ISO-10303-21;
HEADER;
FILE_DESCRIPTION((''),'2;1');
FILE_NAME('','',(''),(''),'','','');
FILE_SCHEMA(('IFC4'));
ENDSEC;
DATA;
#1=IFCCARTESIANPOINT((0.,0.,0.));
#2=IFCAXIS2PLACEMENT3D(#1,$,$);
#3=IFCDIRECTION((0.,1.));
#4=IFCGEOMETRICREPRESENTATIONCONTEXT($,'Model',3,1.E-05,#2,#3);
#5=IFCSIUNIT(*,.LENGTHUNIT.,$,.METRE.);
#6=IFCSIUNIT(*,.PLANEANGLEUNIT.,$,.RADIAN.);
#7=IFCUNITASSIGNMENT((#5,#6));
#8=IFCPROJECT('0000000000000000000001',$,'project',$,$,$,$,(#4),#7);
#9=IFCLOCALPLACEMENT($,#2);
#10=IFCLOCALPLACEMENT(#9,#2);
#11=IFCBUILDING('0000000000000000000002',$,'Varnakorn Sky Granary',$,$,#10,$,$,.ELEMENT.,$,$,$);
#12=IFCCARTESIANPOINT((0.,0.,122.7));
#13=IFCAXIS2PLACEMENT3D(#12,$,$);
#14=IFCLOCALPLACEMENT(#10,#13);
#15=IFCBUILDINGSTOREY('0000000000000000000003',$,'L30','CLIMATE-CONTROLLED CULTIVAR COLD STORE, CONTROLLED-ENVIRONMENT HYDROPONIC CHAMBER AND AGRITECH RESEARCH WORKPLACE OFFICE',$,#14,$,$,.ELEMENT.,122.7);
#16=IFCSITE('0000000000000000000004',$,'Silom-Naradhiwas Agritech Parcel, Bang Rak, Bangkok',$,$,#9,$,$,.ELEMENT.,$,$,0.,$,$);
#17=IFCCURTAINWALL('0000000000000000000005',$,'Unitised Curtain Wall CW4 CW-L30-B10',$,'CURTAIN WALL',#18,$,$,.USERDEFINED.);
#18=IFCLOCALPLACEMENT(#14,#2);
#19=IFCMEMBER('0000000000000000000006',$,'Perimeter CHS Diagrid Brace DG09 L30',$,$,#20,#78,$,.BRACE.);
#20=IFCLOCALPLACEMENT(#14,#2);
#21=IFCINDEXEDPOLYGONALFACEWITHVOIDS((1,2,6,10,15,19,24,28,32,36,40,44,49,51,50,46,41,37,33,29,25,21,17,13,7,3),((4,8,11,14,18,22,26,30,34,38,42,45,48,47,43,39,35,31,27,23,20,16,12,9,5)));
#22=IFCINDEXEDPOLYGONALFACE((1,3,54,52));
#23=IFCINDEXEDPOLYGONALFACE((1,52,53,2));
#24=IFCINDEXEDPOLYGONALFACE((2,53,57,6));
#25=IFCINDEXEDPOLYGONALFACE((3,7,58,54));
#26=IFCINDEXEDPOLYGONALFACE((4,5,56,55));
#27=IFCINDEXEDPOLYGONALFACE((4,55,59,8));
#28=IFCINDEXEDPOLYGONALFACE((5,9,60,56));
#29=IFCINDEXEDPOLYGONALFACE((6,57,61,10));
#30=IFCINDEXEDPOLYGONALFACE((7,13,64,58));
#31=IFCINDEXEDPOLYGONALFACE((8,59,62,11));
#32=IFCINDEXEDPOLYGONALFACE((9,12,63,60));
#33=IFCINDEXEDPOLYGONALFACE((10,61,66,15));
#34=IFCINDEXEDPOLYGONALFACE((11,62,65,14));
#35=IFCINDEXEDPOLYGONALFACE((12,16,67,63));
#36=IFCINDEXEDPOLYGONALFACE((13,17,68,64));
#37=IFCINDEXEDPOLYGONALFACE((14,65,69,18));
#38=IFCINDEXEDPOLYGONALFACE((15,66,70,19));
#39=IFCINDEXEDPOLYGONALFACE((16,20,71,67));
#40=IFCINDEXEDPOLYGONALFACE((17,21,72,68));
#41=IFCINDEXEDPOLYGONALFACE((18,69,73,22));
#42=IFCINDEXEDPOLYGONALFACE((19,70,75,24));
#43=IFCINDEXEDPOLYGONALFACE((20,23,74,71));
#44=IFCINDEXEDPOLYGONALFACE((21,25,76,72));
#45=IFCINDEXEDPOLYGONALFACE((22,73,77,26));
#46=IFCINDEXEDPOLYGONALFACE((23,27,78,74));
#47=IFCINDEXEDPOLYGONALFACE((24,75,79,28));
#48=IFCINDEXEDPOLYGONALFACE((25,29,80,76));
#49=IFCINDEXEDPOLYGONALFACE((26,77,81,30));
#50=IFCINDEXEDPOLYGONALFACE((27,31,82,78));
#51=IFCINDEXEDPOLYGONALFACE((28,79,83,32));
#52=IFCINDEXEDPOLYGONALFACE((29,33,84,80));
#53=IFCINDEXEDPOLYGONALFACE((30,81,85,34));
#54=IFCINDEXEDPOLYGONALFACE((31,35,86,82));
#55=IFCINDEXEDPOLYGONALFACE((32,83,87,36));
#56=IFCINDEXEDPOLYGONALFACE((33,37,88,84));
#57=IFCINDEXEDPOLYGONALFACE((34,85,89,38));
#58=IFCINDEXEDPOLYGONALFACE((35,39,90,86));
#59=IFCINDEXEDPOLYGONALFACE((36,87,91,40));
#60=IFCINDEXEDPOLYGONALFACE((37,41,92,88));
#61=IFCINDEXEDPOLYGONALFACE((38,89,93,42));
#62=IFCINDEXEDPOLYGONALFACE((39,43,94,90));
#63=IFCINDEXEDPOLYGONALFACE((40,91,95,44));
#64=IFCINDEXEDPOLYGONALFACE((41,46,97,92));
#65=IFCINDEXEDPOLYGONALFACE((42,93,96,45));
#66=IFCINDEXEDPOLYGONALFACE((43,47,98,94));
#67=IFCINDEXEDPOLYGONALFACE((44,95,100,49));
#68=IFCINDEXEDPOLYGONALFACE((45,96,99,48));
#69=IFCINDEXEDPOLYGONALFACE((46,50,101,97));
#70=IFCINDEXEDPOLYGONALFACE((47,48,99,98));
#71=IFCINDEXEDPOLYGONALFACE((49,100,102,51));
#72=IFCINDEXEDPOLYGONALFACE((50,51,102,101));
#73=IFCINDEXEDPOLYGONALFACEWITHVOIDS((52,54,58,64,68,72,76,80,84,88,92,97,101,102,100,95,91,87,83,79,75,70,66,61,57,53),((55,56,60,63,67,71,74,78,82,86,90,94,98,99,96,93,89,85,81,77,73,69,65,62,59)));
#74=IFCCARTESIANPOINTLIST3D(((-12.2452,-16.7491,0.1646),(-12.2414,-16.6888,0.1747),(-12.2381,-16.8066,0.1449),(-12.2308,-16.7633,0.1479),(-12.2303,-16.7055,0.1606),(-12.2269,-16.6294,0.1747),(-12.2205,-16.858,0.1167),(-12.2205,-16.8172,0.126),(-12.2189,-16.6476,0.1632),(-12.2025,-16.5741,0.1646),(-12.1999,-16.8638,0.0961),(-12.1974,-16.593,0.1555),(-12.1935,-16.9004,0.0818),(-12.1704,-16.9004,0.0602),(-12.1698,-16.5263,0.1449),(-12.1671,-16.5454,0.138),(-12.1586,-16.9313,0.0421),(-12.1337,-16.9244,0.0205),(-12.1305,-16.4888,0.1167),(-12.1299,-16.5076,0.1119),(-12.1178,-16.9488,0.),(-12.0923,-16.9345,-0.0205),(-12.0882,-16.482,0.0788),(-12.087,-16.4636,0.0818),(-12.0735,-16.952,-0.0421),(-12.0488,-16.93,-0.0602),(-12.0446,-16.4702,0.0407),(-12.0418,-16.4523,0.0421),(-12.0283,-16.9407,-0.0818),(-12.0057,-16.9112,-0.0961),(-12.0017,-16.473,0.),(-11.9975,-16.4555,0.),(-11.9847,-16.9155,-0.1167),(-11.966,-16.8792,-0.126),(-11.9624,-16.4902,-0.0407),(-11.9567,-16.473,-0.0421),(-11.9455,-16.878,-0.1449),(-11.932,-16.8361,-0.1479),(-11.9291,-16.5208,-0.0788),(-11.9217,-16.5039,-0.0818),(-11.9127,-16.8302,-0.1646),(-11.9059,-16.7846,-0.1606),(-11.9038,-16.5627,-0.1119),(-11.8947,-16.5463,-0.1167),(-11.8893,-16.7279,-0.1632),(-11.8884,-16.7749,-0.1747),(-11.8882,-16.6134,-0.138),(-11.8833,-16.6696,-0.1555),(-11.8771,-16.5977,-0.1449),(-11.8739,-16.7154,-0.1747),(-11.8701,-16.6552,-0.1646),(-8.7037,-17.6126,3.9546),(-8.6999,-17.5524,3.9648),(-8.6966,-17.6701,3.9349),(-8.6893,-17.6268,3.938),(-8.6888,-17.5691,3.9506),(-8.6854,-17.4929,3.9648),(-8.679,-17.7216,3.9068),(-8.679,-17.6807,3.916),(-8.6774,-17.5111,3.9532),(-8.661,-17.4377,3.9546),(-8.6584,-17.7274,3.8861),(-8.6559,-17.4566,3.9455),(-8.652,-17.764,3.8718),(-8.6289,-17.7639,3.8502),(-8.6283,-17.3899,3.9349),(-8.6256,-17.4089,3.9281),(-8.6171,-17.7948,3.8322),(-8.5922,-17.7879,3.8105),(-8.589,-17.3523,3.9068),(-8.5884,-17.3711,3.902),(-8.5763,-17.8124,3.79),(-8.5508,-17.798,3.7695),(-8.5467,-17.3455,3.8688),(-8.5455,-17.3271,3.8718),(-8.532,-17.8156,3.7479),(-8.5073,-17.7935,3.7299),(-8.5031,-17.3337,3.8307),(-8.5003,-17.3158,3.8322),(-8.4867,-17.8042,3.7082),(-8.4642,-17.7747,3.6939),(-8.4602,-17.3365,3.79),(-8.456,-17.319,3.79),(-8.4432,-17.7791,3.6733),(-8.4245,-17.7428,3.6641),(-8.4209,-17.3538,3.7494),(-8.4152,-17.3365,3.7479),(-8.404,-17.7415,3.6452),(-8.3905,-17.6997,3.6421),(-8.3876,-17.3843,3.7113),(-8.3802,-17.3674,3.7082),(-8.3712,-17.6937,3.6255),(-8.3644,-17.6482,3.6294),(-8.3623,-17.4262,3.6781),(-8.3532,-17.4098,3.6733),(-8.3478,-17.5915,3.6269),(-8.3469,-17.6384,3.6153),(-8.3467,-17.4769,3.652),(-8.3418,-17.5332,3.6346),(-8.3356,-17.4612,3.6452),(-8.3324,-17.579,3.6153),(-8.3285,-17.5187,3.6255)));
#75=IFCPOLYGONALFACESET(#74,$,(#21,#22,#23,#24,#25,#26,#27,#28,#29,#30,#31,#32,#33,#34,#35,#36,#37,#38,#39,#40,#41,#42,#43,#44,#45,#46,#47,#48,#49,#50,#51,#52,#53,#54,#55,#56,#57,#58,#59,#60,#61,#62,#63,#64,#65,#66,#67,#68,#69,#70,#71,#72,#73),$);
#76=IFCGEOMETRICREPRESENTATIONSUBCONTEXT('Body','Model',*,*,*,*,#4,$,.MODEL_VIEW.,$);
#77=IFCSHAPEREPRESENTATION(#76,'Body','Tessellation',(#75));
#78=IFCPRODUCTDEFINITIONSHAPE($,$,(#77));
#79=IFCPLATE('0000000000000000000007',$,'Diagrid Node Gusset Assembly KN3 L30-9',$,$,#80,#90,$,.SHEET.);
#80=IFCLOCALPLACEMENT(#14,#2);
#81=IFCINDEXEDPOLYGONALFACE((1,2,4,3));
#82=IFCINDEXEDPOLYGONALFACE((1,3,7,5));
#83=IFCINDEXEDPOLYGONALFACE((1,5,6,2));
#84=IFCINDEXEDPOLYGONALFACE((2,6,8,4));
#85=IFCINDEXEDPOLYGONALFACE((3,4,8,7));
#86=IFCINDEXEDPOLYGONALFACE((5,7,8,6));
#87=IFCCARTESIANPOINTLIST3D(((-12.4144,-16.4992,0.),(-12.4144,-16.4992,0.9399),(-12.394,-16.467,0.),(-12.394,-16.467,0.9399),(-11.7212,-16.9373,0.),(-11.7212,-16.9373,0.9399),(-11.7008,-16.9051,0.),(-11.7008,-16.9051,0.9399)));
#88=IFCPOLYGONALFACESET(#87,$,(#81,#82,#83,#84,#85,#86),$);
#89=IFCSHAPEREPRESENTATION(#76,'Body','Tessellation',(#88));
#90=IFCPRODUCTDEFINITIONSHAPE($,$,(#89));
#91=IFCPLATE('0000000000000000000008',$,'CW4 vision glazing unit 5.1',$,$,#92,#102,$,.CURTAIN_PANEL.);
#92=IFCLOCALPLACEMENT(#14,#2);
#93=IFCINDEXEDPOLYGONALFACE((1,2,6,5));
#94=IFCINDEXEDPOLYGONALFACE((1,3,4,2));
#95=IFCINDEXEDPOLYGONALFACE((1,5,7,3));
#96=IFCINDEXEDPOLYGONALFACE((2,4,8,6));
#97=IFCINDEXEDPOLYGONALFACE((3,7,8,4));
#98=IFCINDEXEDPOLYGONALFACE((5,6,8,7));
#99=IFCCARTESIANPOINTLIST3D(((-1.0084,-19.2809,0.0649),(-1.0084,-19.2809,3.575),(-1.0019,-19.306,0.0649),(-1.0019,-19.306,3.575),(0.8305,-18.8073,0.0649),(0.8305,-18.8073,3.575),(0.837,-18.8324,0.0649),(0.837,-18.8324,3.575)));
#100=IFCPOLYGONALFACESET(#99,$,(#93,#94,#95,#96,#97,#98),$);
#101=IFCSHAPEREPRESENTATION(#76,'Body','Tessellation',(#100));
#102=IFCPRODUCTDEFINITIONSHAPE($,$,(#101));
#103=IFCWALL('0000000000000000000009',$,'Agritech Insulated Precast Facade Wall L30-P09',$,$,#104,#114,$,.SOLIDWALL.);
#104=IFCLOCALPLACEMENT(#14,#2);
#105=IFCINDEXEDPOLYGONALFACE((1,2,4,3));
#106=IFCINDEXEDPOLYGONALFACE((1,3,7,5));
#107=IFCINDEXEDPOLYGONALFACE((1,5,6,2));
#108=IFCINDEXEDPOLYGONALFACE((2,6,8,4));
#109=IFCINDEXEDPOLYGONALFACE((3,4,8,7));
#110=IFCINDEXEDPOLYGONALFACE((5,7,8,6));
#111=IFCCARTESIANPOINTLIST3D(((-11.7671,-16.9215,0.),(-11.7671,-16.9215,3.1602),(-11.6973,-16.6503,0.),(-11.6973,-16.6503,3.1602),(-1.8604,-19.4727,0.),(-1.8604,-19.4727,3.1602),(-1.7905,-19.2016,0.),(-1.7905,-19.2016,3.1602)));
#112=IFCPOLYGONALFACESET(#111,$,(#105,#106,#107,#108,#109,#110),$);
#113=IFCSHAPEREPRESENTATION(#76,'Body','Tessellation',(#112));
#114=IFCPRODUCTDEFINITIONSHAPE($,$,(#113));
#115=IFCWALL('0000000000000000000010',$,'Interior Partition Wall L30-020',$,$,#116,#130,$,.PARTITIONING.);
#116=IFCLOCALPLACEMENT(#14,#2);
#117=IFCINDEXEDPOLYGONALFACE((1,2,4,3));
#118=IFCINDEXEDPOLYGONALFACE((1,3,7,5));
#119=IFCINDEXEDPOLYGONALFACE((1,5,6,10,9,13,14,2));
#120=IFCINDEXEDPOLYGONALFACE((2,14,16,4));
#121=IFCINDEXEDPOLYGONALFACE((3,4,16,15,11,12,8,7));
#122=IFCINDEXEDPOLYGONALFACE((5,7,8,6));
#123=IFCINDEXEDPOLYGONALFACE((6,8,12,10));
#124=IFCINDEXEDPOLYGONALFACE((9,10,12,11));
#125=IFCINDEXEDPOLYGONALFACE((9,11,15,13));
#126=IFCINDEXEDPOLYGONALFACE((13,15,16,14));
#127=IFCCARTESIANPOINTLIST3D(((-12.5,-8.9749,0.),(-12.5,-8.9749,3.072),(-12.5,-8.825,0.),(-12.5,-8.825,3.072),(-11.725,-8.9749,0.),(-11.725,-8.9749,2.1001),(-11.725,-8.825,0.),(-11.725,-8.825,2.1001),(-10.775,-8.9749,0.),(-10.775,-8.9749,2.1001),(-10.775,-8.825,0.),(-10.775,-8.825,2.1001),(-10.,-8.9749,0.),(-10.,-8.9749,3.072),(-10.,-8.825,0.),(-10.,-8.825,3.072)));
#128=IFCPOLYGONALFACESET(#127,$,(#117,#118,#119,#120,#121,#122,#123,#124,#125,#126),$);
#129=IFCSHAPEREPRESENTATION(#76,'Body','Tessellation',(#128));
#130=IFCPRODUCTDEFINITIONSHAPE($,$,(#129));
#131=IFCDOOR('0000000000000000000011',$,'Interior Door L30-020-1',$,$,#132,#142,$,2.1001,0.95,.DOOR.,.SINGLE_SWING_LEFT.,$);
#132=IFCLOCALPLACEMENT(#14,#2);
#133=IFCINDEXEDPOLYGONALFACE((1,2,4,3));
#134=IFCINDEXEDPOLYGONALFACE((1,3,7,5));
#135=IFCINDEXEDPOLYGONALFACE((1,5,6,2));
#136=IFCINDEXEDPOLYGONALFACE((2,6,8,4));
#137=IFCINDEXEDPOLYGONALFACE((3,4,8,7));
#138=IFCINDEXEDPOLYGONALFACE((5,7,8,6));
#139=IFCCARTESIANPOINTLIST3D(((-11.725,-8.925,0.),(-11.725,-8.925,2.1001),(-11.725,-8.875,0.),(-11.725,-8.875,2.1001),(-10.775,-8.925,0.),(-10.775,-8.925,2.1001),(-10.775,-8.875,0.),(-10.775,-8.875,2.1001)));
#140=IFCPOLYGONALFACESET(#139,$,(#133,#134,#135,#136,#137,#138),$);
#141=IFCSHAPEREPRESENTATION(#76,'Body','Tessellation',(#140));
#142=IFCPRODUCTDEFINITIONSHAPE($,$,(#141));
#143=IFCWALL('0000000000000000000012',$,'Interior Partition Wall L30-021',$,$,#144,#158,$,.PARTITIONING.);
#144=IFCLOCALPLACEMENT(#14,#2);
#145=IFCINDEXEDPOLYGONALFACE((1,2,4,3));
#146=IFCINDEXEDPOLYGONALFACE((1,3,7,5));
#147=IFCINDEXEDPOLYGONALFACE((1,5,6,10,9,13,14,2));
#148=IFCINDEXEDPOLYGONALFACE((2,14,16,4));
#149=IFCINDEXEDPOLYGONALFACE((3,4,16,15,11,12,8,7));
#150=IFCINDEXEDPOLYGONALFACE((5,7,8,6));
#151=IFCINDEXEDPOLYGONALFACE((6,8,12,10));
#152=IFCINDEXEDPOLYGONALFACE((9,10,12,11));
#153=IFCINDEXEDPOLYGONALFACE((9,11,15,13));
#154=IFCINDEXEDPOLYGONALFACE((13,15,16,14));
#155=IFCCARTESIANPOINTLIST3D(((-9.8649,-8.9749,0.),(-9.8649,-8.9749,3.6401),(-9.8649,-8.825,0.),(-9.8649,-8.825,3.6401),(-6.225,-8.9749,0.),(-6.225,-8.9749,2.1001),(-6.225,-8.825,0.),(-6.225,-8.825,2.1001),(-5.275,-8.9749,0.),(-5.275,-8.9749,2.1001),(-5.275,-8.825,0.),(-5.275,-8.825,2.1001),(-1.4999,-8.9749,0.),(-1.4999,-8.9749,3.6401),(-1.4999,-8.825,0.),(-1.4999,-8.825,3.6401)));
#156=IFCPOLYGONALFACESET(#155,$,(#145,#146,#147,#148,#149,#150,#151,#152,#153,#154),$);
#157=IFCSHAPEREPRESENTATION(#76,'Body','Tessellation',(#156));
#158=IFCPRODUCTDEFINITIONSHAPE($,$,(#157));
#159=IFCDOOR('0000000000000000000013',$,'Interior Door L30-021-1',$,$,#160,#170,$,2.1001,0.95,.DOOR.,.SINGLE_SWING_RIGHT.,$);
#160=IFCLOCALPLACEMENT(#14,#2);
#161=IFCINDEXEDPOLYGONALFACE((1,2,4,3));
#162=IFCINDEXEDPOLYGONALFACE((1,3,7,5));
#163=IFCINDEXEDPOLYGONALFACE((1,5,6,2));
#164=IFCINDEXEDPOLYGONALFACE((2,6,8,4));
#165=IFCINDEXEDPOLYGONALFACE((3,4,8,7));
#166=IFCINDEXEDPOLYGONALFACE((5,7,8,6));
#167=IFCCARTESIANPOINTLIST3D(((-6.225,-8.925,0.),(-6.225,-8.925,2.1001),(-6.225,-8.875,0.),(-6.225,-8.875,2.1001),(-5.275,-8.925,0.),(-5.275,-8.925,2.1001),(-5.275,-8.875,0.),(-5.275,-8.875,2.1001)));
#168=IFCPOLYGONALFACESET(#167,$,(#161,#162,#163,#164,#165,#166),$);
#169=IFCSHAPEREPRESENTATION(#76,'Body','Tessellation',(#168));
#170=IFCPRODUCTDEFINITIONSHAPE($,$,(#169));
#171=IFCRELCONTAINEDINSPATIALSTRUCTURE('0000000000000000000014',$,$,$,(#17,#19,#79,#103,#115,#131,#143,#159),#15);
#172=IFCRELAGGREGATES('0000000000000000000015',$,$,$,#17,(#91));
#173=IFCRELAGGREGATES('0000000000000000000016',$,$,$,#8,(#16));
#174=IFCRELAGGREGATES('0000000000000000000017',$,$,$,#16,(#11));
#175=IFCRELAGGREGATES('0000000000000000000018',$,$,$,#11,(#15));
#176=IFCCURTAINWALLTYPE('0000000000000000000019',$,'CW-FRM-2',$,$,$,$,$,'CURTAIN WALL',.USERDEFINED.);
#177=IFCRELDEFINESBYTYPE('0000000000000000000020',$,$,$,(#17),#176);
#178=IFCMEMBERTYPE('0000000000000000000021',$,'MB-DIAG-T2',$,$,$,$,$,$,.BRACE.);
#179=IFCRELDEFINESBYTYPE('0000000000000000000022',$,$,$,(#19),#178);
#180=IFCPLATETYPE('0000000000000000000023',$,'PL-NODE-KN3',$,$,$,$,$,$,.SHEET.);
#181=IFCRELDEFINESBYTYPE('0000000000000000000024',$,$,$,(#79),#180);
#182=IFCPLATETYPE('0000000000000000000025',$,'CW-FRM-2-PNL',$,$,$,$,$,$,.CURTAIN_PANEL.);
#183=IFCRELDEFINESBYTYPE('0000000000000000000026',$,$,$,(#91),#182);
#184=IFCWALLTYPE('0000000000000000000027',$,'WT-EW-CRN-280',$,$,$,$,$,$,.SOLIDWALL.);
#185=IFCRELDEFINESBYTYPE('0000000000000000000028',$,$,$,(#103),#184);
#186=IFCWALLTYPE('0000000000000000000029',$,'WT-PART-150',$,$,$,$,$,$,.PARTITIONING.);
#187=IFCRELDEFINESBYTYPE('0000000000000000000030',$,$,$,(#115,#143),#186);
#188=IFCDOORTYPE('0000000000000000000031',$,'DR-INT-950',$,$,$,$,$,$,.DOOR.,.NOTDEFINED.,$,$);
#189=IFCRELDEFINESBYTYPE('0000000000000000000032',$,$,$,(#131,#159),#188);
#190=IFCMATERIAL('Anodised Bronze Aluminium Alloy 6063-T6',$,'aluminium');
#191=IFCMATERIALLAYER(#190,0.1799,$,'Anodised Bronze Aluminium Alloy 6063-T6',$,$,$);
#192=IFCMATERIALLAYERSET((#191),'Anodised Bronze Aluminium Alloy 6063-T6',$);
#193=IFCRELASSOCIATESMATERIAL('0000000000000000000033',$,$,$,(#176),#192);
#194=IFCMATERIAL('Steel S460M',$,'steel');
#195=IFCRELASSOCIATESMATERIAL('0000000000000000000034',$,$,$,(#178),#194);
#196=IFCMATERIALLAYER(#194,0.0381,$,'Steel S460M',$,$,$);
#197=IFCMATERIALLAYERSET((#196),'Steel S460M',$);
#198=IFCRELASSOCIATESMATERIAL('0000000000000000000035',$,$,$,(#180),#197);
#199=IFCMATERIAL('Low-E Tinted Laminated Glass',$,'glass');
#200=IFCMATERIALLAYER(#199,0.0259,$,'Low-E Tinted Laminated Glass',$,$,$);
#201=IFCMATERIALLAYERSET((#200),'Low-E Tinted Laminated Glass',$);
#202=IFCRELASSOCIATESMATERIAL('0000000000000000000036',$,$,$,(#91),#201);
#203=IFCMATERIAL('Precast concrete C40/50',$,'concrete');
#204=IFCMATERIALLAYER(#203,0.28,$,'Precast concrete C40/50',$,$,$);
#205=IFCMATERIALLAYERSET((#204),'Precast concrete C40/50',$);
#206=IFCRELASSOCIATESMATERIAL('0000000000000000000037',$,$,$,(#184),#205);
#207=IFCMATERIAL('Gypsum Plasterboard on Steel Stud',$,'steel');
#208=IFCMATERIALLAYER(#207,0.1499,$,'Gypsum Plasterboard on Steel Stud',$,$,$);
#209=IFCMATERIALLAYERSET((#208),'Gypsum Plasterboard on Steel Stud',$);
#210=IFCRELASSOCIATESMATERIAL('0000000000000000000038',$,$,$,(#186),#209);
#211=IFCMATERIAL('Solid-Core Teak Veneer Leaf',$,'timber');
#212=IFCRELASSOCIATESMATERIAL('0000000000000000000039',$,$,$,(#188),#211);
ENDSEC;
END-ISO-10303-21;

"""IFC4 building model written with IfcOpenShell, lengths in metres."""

from ifc_helpers import new_model, si_unit, direction, frame, frame_2d, origin, origin_2d, place, context, subcontext, project, spatial, rectangle, hollow_circle, extrude, source, transform, mapped, material, layer, layer_set, material_profile, profile_set, type_object, type_shapes, element, fill, aggregate, save


model = new_model("IFC4")

# Units and contexts
model_context = context("Model", 3, precision=1e-05, world=origin(), true_north=direction((0.0, 1.0)))
body_context = subcontext(model_context, "Body", "Model", "MODEL_VIEW")
ifc_project = project(units=[si_unit("LENGTHUNIT", "METRE"), si_unit("PLANEANGLEUNIT", "RADIAN")], contexts=[model_context])

# Site, building, storey
site_placement = place(None, origin())
site = spatial("IfcSite", under=ifc_project, at=site_placement, Name="Silom-Naradhiwas Agritech Parcel, Bang Rak, Bangkok", CompositionType="ELEMENT", RefElevation=0.0)
building_placement = place(site_placement, origin())
building = spatial("IfcBuilding", under=site, at=building_placement, Name="Varnakorn Sky Granary", CompositionType="ELEMENT")
storey_placement = place(building_placement, frame((0.0, 0.0, 122.7)))
storey = spatial("IfcBuildingStorey", under=building, at=storey_placement, Name="L30", Description="CLIMATE-CONTROLLED CULTIVAR COLD STORE, CONTROLLED-ENVIRONMENT HYDROPONIC CHAMBER AND AGRITECH RESEARCH WORKPLACE OFFICE", CompositionType="ELEMENT", Elevation=122.7)

# Shared definitions
ifc_material_1 = material(Name="Steel S460M", Category="steel")

# Curtain wall
ifc_material_2 = material(Name="Anodised Bronze Aluminium Alloy 6063-T6", Category="aluminium")
ifc_layer_1 = layer(ifc_material_2, 0.1799, Name="Anodised Bronze Aluminium Alloy 6063-T6")
ifc_layer_set_1 = layer_set([ifc_layer_1], Name="Anodised Bronze Aluminium Alloy 6063-T6")
curtain_wall_type = type_object("IfcCurtainWallType", Name="CW-FRM-2", ElementType="CURTAIN WALL", PredefinedType="USERDEFINED", material=ifc_layer_set_1)
curtain_wall_1_placement = place(storey_placement, origin())
curtain_wall_1 = element("IfcCurtainWall", 1, at=curtain_wall_1_placement, inside=storey, type_object=curtain_wall_type, Name="Unitised Curtain Wall CW4 CW-L30-B10", ObjectType="CURTAIN WALL", PredefinedType="USERDEFINED")

# Member
ifc_material_profile_1 = material_profile(ifc_material_1, hollow_circle(Radius=0.2539, WallThickness=0.0181, at=origin_2d()), Name="CHS 508x18")
ifc_profile_set_1 = profile_set([ifc_material_profile_1], Name="Steel S460M")
member_type_1 = type_object("IfcMemberType", Name="MB-DIAG-T2", PredefinedType="BRACE", material=ifc_profile_set_1)
member_1_placement = place(storey_placement, frame((-12.0576, -16.7021, 0.0), z_axis=(0.673476, -0.164214, 0.720739), x_axis=(0.23689, 0.971537, 0.0)))
element("IfcMember", 2, at=member_1_placement, inside=storey, type_object=member_type_1, Name="Perimeter CHS Diagrid Brace DG09 L30", PredefinedType="BRACE", context=body_context, shape_type="SweptSolid", body=[
    extrude(hollow_circle(Radius=0.2539, WallThickness=0.0181, at=origin_2d()), origin(), (0.0, 0.0, 1.0), 5.2585),
])

# Plates
ifc_layer_2 = layer(ifc_material_1, 0.0381, Name="Steel S460M")
ifc_layer_set_2 = layer_set([ifc_layer_2], Name="Steel S460M")
plate_type_1 = type_object("IfcPlateType", Name="PL-NODE-KN3", PredefinedType="SHEET", material=ifc_layer_set_2)
plate_1_placement = place(storey_placement, frame((-12.0576, -16.7021, 0.0), z_axis=(0.0, 0.0, 1.0), x_axis=(0.845289, -0.534309, 0.0)))
element("IfcPlate", 3, at=plate_1_placement, inside=storey, type_object=plate_type_1, Name="Diagrid Node Gusset Assembly KN3 L30-9", PredefinedType="SHEET", context=body_context, shape_type="SweptSolid", body=[
    extrude(rectangle(XDim=0.8201, YDim=0.0381, at=origin_2d()), origin(), (0.0, 0.0, 1.0), 0.9399),
])
ifc_material_3 = material(Name="Low-E Tinted Laminated Glass", Category="glass")
ifc_layer_3 = layer(ifc_material_3, 0.0259, Name="Low-E Tinted Laminated Glass")
ifc_layer_set_3 = layer_set([ifc_layer_3], Name="Low-E Tinted Laminated Glass")
plate_type_2 = type_object("IfcPlateType", Name="CW-FRM-2-PNL", PredefinedType="CURTAIN_PANEL")
shared_shape_1 = source(origin(), body_context, "Body", "SweptSolid", [
    extrude(rectangle(XDim=1.8989, YDim=0.0259, at=origin_2d()), origin(), (0.0, 0.0, 1.0), 3.51),
])
type_shapes(plate_type_2, [shared_shape_1])
plate_2_placement = place(storey_placement, frame((-0.0857, -19.0566, 0.0649), z_axis=(0.0, 0.0, 1.0), x_axis=(-0.968405, -0.249384, 0.0)))
plate_2 = element("IfcPlate", 4, at=plate_2_placement, type_object=plate_type_2, material=ifc_layer_set_3, Name="CW4 vision glazing unit 5.1", PredefinedType="CURTAIN_PANEL", context=body_context, shape_type="MappedRepresentation", body=[
    mapped(shared_shape_1, transform((0.0, 0.0, 0.0), x_axis=(1.0, 0.0, 0.0), y_axis=(0.0, 1.0, 0.0), z_axis=(0.0, 0.0, 1.0), scale=1.0)),
])
aggregate(curtain_wall_1, [plate_2])

# Wall
ifc_material_4 = material(Name="Precast concrete C40/50", Category="concrete")
ifc_layer_4 = layer(ifc_material_4, 0.28, Name="Precast concrete C40/50")
ifc_layer_set_4 = layer_set([ifc_layer_4], Name="Precast concrete C40/50")
wall_type_1 = type_object("IfcWallType", Name="WT-EW-CRN-280", PredefinedType="SOLIDWALL", material=ifc_layer_set_4)
wall_1_placement = place(storey_placement, frame((-1.8254, -19.3372, 0.0), z_axis=(0.0, 0.0, 1.0), x_axis=(-0.968403, 0.249392, 0.0)))
element("IfcWall", 5, at=wall_1_placement, inside=storey, type_object=wall_type_1, Name="Agritech Insulated Precast Facade Wall L30-P09", PredefinedType="SOLIDWALL", context=body_context, shape_type="SweptSolid", body=[
    extrude(rectangle(XDim=10.23, YDim=0.28, at=frame_2d((5.115, 0.0))), origin(), (0.0, 0.0, 1.0), 3.1602),
])

# Walls, openings, doors
ifc_material_5 = material(Name="Gypsum Plasterboard on Steel Stud", Category="steel")
ifc_layer_5 = layer(ifc_material_5, 0.1499, Name="Gypsum Plasterboard on Steel Stud")
ifc_layer_set_5 = layer_set([ifc_layer_5], Name="Gypsum Plasterboard on Steel Stud")
wall_type_2 = type_object("IfcWallType", Name="WT-PART-150", PredefinedType="PARTITIONING", material=ifc_layer_set_5)
wall_2_placement = place(storey_placement, frame((-12.5, -8.8999, 0.0), z_axis=(0.0, 0.0, 1.0), x_axis=(1.0, 0.0, 0.0)))
wall_2 = element("IfcWall", 6, at=wall_2_placement, inside=storey, type_object=wall_type_2, Name="Interior Partition Wall L30-020", PredefinedType="PARTITIONING", context=body_context, shape_type="SweptSolid", body=[
    extrude(rectangle(XDim=2.5, YDim=0.1499, at=frame_2d((1.25, 0.0))), origin(), (0.0, 0.0, 1.0), 3.072),
])
opening_1_placement = place(wall_2_placement, frame((0.7749, 0.0, 0.0)))
opening_1 = element("IfcOpeningElement", 7, at=opening_1_placement, cuts=wall_2, PredefinedType="OPENING", context=body_context, shape_type="SweptSolid", body=[
    extrude(rectangle(XDim=0.95, YDim=2.1001, at=frame_2d((0.4751, 1.05))), frame((0.0, 0.085, 0.0), z_axis=(0.0, -1.0, 0.0), x_axis=(1.0, 0.0, 0.0)), (0.0, 0.0, 1.0), 0.1699),
])
ifc_material_6 = material(Name="Solid-Core Teak Veneer Leaf", Category="timber")
door_type = type_object("IfcDoorType", Name="DR-INT-950", OperationType="NOTDEFINED", PredefinedType="DOOR", material=ifc_material_6)
door_1_placement = place(opening_1_placement, origin())
door_1 = element("IfcDoor", 8, at=door_1_placement, inside=storey, type_object=door_type, Name="Interior Door L30-020-1", OperationType="SINGLE_SWING_LEFT", OverallHeight=2.1001, OverallWidth=0.95, PredefinedType="DOOR", context=body_context, shape_type="SweptSolid", body=[
    extrude(rectangle(XDim=0.95, YDim=2.1001, at=frame_2d((0.4751, 1.05))), frame((0.0, 0.0249, 0.0), z_axis=(0.0, -1.0, 0.0), x_axis=(1.0, 0.0, 0.0)), (0.0, 0.0, 1.0), 0.05),
])
fill(opening_1, door_1)
wall_3_placement = place(storey_placement, frame((-9.865, -8.8999, 0.0), z_axis=(0.0, 0.0, 1.0), x_axis=(1.0, 0.0, 0.0)))
wall_3 = element("IfcWall", 9, at=wall_3_placement, inside=storey, type_object=wall_type_2, Name="Interior Partition Wall L30-021", PredefinedType="PARTITIONING", context=body_context, shape_type="SweptSolid", body=[
    extrude(rectangle(XDim=8.365, YDim=0.1499, at=frame_2d((4.1826, 0.0))), origin(), (0.0, 0.0, 1.0), 3.6401),
])
opening_2_placement = place(wall_3_placement, frame((3.6399, 0.0, 0.0)))
opening_2 = element("IfcOpeningElement", 10, at=opening_2_placement, cuts=wall_3, PredefinedType="OPENING", context=body_context, shape_type="SweptSolid", body=[
    extrude(rectangle(XDim=0.95, YDim=2.1001, at=frame_2d((0.4751, 1.05))), frame((0.0, 0.085, 0.0), z_axis=(0.0, -1.0, 0.0), x_axis=(1.0, 0.0, 0.0)), (0.0, 0.0, 1.0), 0.1699),
])
door_2_placement = place(opening_2_placement, origin())
door_2 = element("IfcDoor", 11, at=door_2_placement, inside=storey, type_object=door_type, Name="Interior Door L30-021-1", OperationType="SINGLE_SWING_RIGHT", OverallHeight=2.1001, OverallWidth=0.95, PredefinedType="DOOR", context=body_context, shape_type="SweptSolid", body=[
    extrude(rectangle(XDim=0.95, YDim=2.1001, at=frame_2d((0.4751, 1.05))), frame((0.0, 0.0249, 0.0), z_axis=(0.0, -1.0, 0.0), x_axis=(1.0, 0.0, 0.0)), (0.0, 0.0, 1.0), 0.05),
])
fill(opening_2, door_2)

save(model, "model.ifc")
